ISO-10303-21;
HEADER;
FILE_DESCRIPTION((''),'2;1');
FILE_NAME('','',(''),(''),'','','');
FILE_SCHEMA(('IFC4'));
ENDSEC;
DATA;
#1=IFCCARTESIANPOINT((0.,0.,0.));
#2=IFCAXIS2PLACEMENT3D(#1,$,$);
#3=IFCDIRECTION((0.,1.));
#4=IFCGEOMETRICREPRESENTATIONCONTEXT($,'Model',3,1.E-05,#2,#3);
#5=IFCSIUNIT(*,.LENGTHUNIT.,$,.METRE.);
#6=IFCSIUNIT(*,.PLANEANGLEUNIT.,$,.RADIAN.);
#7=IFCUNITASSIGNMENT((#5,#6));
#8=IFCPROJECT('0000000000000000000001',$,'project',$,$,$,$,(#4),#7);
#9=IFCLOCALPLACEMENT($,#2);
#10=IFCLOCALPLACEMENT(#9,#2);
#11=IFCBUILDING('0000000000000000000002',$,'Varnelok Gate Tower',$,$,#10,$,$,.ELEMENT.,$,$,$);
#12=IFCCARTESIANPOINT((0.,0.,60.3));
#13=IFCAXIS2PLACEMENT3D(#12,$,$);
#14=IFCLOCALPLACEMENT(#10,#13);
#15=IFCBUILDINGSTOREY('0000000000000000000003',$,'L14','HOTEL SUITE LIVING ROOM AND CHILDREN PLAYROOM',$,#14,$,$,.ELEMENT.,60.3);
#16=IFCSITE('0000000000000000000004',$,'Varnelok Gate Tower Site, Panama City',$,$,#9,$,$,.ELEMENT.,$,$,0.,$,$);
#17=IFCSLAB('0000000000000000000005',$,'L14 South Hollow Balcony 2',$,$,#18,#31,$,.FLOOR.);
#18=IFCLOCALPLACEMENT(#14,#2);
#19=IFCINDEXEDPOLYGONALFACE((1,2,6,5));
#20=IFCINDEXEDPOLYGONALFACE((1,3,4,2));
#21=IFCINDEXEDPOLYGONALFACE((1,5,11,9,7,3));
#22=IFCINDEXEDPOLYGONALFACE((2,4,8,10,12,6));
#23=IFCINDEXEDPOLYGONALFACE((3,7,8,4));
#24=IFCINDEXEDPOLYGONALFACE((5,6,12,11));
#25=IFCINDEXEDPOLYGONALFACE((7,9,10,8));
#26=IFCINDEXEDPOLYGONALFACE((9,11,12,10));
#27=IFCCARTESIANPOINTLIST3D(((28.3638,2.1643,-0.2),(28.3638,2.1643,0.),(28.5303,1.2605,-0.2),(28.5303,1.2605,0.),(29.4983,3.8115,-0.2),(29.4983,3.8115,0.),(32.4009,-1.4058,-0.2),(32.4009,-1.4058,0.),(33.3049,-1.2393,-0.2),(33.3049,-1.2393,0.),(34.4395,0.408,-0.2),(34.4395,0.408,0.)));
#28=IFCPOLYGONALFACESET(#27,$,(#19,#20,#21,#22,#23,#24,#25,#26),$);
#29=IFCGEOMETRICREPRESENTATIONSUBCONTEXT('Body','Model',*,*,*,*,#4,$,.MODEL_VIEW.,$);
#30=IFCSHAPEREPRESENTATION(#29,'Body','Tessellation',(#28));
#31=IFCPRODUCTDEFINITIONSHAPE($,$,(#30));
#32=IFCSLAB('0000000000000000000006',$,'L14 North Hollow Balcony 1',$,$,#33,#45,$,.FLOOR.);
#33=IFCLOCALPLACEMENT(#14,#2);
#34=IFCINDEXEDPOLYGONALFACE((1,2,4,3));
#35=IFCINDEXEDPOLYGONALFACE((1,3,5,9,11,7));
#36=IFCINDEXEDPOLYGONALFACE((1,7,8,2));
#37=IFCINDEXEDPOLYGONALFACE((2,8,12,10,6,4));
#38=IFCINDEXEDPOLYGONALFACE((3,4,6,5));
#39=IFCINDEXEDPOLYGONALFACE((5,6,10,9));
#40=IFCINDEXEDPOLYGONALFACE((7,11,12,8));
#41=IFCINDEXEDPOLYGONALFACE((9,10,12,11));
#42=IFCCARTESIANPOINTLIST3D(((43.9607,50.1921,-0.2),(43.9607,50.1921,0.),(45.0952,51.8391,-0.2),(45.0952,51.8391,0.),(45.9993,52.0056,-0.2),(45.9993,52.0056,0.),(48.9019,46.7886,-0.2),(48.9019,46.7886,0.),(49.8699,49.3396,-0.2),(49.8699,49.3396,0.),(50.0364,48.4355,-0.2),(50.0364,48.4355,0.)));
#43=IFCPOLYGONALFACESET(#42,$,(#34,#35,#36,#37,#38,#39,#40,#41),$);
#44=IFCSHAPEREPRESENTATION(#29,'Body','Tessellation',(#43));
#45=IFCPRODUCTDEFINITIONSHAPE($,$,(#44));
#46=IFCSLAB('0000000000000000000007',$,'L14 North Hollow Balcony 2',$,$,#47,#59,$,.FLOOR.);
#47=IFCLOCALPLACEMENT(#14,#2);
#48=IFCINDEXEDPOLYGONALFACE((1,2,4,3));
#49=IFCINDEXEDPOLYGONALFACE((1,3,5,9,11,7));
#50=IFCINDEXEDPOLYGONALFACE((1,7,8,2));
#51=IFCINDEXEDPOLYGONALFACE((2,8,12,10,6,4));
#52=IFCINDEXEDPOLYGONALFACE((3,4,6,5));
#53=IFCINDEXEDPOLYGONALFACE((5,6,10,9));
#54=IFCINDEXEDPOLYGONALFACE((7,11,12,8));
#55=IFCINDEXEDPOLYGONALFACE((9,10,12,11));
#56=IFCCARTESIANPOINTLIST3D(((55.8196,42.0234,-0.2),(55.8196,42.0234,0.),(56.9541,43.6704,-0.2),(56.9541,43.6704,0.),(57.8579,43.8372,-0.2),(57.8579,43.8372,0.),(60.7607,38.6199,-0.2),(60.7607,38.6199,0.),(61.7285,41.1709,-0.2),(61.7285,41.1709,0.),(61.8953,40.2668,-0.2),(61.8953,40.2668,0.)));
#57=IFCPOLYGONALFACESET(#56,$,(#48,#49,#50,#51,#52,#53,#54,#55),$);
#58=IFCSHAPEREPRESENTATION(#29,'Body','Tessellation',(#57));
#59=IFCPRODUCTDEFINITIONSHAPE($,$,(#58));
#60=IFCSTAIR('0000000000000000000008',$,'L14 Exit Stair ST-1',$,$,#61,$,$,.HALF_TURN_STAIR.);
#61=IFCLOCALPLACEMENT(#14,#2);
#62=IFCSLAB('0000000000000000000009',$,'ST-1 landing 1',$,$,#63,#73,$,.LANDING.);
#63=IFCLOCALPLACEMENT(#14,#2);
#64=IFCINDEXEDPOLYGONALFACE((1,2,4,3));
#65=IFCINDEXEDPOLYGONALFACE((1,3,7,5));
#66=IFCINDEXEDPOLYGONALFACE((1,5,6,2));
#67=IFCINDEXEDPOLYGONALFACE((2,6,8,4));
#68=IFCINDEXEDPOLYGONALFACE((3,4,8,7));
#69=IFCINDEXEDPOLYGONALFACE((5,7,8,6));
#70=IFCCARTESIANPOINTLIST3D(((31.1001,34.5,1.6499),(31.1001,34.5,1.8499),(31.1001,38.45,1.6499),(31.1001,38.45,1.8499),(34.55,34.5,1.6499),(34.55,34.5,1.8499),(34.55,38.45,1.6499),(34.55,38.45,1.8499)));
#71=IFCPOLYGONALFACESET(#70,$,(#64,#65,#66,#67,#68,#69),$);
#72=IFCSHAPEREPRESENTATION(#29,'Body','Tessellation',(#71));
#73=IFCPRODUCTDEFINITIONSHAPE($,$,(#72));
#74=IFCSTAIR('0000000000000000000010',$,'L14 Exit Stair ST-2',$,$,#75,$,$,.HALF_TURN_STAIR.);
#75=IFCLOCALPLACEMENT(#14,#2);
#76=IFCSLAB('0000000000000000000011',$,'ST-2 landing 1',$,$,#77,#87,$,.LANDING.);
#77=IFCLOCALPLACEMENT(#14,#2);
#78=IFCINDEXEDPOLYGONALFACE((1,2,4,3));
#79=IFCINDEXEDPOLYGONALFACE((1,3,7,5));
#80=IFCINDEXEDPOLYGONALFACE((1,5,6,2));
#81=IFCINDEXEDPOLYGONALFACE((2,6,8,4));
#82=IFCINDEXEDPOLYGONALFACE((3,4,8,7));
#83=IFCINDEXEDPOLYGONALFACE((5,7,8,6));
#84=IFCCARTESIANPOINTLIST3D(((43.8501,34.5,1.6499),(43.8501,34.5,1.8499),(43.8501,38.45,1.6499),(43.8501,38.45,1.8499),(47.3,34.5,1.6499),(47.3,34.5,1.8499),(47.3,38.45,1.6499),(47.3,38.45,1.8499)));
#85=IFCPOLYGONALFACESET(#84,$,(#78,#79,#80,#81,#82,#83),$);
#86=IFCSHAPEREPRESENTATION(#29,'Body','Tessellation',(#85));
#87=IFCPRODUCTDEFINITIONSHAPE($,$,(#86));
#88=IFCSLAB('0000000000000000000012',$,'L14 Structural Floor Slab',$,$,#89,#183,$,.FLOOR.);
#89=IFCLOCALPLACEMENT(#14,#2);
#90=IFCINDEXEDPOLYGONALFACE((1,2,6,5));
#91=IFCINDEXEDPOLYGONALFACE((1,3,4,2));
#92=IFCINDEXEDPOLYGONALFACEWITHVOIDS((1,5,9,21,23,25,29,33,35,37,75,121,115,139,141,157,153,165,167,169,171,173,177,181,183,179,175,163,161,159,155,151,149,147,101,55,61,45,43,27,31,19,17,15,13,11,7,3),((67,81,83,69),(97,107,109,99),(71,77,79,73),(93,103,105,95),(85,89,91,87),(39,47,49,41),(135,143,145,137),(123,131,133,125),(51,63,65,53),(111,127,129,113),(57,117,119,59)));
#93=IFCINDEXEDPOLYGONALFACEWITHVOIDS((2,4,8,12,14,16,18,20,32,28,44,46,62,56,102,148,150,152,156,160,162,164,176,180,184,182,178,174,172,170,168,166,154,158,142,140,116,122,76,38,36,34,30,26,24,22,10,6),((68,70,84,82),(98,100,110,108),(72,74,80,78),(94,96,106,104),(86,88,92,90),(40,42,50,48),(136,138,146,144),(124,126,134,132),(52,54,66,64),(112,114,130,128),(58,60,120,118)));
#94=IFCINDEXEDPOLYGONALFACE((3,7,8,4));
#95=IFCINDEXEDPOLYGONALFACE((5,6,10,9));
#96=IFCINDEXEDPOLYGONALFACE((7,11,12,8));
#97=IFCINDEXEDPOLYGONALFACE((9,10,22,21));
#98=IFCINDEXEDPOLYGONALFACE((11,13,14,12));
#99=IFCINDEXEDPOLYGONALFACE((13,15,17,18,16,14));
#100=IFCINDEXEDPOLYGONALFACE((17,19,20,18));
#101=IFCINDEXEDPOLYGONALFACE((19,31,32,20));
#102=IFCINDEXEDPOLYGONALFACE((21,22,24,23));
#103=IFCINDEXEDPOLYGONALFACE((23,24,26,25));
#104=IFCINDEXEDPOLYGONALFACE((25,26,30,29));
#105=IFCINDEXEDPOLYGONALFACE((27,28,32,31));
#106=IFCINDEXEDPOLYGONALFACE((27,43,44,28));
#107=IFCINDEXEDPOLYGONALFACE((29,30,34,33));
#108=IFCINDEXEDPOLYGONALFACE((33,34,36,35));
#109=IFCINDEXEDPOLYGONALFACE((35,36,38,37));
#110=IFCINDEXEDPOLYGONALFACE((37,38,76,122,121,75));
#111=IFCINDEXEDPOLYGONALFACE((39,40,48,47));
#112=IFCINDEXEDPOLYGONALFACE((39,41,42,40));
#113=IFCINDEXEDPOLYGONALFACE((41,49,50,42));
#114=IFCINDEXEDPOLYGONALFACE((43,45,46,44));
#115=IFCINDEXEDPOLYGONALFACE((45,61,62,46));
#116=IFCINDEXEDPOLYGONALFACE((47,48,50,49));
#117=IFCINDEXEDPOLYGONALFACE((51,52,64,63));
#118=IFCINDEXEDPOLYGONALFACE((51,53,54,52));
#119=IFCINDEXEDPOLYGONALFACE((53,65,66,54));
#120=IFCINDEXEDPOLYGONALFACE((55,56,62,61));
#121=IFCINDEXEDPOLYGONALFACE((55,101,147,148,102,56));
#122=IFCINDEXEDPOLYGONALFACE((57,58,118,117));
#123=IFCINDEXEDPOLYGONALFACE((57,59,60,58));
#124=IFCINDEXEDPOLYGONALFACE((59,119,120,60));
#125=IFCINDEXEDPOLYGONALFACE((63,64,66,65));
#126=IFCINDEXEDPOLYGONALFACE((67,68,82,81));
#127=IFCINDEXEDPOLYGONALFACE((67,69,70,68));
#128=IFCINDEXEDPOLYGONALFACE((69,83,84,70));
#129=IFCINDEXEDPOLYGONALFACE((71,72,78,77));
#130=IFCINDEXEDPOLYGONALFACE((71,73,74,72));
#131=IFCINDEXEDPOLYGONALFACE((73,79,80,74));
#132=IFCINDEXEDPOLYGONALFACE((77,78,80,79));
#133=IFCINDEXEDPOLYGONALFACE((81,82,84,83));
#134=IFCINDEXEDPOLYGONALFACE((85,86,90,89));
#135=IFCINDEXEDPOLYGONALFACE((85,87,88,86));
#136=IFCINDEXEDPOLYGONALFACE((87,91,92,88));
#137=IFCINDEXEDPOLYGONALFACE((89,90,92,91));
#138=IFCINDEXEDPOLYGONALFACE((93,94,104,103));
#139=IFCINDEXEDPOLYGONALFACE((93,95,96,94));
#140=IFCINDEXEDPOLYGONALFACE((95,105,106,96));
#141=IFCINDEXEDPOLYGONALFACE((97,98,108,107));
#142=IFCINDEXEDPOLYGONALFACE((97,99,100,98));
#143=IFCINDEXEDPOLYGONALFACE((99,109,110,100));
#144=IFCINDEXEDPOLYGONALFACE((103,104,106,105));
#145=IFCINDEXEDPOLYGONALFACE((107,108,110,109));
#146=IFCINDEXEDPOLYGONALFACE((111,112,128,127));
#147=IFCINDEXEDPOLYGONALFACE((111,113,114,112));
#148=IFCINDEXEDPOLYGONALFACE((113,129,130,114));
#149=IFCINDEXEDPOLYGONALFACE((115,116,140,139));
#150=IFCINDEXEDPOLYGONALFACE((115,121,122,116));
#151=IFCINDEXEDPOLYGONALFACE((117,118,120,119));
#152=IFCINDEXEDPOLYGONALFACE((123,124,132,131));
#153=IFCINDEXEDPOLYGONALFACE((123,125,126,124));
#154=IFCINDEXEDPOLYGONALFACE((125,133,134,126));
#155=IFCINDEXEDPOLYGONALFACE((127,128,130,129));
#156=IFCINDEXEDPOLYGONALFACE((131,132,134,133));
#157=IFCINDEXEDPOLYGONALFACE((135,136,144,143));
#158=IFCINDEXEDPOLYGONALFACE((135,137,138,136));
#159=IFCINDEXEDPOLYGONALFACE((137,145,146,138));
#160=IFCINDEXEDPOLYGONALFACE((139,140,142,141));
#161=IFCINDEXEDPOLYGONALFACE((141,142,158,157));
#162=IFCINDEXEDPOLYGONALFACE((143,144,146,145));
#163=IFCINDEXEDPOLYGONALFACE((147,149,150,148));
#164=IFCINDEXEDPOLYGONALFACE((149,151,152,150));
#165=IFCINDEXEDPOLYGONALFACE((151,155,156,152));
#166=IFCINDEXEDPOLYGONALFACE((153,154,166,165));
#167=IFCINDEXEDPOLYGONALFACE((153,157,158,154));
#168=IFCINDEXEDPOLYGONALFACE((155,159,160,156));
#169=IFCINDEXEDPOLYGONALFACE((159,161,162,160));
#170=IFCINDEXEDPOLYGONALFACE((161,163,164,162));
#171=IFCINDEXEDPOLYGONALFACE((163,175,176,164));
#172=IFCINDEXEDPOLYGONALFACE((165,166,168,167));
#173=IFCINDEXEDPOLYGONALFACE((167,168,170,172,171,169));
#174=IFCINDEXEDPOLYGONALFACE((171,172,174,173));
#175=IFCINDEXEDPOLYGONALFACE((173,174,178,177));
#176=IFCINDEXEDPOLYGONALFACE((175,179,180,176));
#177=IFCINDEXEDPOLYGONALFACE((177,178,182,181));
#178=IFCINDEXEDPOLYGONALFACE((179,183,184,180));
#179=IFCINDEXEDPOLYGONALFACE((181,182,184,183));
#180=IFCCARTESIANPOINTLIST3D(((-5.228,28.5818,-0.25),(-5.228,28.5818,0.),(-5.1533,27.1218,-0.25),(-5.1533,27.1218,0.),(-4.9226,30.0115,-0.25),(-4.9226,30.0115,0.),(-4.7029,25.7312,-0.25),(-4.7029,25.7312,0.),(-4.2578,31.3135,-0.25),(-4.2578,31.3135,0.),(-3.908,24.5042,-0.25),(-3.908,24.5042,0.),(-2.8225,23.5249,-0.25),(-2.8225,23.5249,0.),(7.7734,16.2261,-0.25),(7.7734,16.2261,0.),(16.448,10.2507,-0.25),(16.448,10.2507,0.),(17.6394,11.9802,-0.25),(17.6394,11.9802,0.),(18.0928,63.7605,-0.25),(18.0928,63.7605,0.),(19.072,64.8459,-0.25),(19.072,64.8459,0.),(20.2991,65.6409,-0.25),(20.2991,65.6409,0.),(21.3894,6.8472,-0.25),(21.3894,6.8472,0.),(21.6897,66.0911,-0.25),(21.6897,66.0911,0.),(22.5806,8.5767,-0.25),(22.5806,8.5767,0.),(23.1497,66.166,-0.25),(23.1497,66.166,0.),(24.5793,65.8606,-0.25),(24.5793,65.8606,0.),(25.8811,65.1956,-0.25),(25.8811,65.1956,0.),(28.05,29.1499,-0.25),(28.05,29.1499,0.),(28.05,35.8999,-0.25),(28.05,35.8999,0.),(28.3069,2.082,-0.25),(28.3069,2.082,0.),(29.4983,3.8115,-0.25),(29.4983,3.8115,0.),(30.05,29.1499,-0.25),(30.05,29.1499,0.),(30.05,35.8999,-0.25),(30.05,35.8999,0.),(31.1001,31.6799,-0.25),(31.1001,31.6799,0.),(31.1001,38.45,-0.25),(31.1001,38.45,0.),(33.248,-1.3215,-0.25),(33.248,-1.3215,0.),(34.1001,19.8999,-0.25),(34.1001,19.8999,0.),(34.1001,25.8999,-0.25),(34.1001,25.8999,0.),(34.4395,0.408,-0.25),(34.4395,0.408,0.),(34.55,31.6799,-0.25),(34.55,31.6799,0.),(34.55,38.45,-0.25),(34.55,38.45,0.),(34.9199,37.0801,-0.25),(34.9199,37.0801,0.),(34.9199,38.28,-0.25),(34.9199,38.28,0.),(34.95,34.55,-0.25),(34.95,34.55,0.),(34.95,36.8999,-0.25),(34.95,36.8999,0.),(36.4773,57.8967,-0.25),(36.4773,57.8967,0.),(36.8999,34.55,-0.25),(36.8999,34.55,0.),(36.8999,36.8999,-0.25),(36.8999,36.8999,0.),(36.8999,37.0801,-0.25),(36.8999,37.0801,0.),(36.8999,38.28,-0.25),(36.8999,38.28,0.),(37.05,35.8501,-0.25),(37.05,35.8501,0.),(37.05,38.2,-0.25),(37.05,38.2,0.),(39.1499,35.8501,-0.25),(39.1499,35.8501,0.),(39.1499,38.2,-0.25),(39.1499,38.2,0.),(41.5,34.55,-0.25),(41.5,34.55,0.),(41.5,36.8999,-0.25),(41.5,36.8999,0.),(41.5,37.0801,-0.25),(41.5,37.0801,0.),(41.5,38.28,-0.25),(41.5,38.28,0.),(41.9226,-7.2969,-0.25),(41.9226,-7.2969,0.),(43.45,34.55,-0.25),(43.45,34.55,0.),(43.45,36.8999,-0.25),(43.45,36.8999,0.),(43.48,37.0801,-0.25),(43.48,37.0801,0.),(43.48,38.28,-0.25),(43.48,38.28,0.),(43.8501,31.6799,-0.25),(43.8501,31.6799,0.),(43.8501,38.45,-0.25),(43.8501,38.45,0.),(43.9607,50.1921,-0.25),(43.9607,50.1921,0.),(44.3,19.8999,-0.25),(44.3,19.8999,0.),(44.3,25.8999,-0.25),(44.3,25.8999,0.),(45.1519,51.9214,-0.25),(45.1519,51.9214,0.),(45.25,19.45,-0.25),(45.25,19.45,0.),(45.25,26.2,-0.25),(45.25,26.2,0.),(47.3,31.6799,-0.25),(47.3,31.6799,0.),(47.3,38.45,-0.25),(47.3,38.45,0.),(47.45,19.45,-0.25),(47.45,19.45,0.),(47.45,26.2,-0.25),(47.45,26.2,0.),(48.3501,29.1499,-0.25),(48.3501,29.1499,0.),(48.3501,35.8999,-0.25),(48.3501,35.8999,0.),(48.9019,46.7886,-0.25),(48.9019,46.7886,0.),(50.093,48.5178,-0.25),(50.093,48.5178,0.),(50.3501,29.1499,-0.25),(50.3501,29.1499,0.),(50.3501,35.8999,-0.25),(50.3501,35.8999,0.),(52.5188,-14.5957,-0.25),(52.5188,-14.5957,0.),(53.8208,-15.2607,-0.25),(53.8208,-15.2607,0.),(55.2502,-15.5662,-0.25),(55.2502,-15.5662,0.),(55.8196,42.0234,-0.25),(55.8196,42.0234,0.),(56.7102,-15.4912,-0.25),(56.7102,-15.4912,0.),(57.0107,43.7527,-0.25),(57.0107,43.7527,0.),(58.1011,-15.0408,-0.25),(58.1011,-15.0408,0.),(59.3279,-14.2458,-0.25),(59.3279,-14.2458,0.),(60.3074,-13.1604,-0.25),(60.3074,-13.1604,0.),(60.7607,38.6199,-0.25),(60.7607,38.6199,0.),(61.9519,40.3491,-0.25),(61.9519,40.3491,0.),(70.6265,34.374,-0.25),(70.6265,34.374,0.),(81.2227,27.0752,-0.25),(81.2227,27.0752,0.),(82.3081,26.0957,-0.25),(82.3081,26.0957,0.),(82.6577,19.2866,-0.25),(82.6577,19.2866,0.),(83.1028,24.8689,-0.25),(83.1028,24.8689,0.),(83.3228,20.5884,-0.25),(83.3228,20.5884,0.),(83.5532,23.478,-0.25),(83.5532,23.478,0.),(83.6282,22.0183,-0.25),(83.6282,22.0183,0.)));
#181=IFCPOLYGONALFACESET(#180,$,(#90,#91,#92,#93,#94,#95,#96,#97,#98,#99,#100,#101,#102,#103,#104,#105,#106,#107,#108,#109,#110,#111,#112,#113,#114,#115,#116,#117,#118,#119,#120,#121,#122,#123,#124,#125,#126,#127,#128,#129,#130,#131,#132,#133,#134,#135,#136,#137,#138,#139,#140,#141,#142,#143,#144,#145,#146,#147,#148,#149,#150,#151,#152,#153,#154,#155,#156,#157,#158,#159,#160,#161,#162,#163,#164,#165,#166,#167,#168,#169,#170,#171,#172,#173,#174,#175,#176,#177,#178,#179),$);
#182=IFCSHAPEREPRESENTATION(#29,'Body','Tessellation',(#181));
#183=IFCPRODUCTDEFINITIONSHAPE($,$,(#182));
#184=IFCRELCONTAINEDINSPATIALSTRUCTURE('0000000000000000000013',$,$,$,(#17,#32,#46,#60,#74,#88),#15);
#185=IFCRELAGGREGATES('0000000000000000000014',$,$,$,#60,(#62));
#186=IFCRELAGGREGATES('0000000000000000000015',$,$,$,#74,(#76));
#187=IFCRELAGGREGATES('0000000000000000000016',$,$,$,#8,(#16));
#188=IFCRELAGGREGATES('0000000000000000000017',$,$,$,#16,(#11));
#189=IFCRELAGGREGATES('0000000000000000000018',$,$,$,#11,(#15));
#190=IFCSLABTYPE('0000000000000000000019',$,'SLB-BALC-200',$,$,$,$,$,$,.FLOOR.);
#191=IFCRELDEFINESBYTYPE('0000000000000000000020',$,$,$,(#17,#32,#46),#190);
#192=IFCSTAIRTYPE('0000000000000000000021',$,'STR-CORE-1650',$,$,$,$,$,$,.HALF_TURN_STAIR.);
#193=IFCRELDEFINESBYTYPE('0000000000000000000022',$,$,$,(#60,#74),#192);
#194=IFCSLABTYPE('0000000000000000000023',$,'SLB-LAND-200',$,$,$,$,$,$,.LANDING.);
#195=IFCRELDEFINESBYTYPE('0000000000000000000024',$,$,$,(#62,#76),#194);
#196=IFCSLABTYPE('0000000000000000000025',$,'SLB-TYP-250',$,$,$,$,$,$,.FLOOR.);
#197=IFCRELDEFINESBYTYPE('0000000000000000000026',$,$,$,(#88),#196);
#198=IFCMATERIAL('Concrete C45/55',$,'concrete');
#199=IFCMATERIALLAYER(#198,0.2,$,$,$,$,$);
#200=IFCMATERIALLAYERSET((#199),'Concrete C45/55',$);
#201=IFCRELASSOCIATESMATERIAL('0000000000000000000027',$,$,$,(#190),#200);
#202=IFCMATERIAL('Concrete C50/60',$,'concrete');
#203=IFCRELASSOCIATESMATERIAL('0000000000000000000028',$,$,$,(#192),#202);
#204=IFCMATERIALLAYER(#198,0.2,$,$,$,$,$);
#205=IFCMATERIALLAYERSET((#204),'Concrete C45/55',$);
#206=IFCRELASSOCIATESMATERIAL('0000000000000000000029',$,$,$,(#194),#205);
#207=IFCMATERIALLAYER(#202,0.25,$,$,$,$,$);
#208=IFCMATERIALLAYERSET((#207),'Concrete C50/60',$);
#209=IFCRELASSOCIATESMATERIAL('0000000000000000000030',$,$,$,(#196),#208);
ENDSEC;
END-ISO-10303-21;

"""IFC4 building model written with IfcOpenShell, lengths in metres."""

from ifc_helpers import new_model, si_unit, direction, frame, origin, place, context, subcontext, project, spatial, polyline, outline, extrude, material, layer, layer_set, type_object, element, aggregate, save


model = new_model("IFC4")

# Units and contexts
model_context = context("Model", 3, precision=1e-05, world=origin(), true_north=direction((0.0, 1.0)))
body_context = subcontext(model_context, "Body", "Model", "MODEL_VIEW")
ifc_project = project(units=[si_unit("LENGTHUNIT", "METRE"), si_unit("PLANEANGLEUNIT", "RADIAN")], contexts=[model_context])

# Site, building, storey
site_placement = place(None, origin())
site = spatial("IfcSite", under=ifc_project, at=site_placement, Name="Varnelok Gate Tower Site, Panama City", CompositionType="ELEMENT", RefElevation=0.0)
building_placement = place(site_placement, origin())
building = spatial("IfcBuilding", under=site, at=building_placement, Name="Varnelok Gate Tower", CompositionType="ELEMENT")
storey_placement = place(building_placement, frame((0.0, 0.0, 60.3)))
storey = spatial("IfcBuildingStorey", under=building, at=storey_placement, Name="L14", Description="HOTEL SUITE LIVING ROOM AND CHILDREN PLAYROOM", CompositionType="ELEMENT", Elevation=60.3)

# Slabs
ifc_material_1 = material(Name="Concrete C45/55", Category="concrete")
ifc_layer_1 = layer(ifc_material_1, 0.2)
ifc_layer_set_1 = layer_set([ifc_layer_1], Name="Concrete C45/55")
slab_type_1 = type_object("IfcSlabType", Name="SLB-BALC-200", PredefinedType="FLOOR", material=ifc_layer_set_1)
slab_1_placement = place(storey_placement, frame((0.0, 0.0, -0.2)))
element("IfcSlab", 1, at=slab_1_placement, inside=storey, type_object=slab_type_1, Name="L14 South Hollow Balcony 2", PredefinedType="FLOOR", context=body_context, shape_type="SweptSolid", body=[
    extrude(outline(polyline([(28.3638, 2.1643), (28.5303, 1.2605), (32.4009, -1.4058), (33.3049, -1.2393), (34.4395, 0.408), (29.4983, 3.8115), (28.3638, 2.1643)])), origin(), (0.0, 0.0, 1.0), 0.2),
])
slab_2_placement = place(storey_placement, frame((0.0, 0.0, -0.2)))
element("IfcSlab", 2, at=slab_2_placement, inside=storey, type_object=slab_type_1, Name="L14 North Hollow Balcony 1", PredefinedType="FLOOR", context=body_context, shape_type="SweptSolid", body=[
    extrude(outline(polyline([(43.9607, 50.1921), (48.9019, 46.7886), (50.0364, 48.4355), (49.8699, 49.3396), (45.9993, 52.0056), (45.0952, 51.8391), (43.9607, 50.1921)])), origin(), (0.0, 0.0, 1.0), 0.2),
])
slab_3_placement = place(storey_placement, frame((0.0, 0.0, -0.2)))
element("IfcSlab", 3, at=slab_3_placement, inside=storey, type_object=slab_type_1, Name="L14 North Hollow Balcony 2", PredefinedType="FLOOR", context=body_context, shape_type="SweptSolid", body=[
    extrude(outline(polyline([(55.8196, 42.0234), (60.7607, 38.6199), (61.8953, 40.2668), (61.7285, 41.1709), (57.8579, 43.8372), (56.9541, 43.6704), (55.8196, 42.0234)])), origin(), (0.0, 0.0, 1.0), 0.2),
])

# Stairs, slabs
ifc_material_2 = material(Name="Concrete C50/60", Category="concrete")
stair_type = type_object("IfcStairType", Name="STR-CORE-1650", PredefinedType="HALF_TURN_STAIR", material=ifc_material_2)
stair_1_placement = place(storey_placement, origin())
stair_1 = element("IfcStair", 4, at=stair_1_placement, inside=storey, type_object=stair_type, Name="L14 Exit Stair ST-1", PredefinedType="HALF_TURN_STAIR")
ifc_layer_2 = layer(ifc_material_1, 0.2)
ifc_layer_set_2 = layer_set([ifc_layer_2], Name="Concrete C45/55")
slab_type_2 = type_object("IfcSlabType", Name="SLB-LAND-200", PredefinedType="LANDING", material=ifc_layer_set_2)
slab_4_placement = place(storey_placement, frame((0.0, 0.0, 1.6499)))
slab_4 = element("IfcSlab", 5, at=slab_4_placement, type_object=slab_type_2, Name="ST-1 landing 1", PredefinedType="LANDING", context=body_context, shape_type="SweptSolid", body=[
    extrude(outline(polyline([(34.55, 34.5), (34.55, 38.45), (31.1001, 38.45), (31.1001, 34.5), (34.55, 34.5)])), origin(), (0.0, 0.0, 1.0), 0.2),
])
aggregate(stair_1, [slab_4])
stair_2_placement = place(storey_placement, origin())
stair_2 = element("IfcStair", 6, at=stair_2_placement, inside=storey, type_object=stair_type, Name="L14 Exit Stair ST-2", PredefinedType="HALF_TURN_STAIR")
slab_5_placement = place(storey_placement, frame((0.0, 0.0, 1.6499)))
slab_5 = element("IfcSlab", 7, at=slab_5_placement, type_object=slab_type_2, Name="ST-2 landing 1", PredefinedType="LANDING", context=body_context, shape_type="SweptSolid", body=[
    extrude(outline(polyline([(47.3, 34.5), (47.3, 38.45), (43.8501, 38.45), (43.8501, 34.5), (47.3, 34.5)])), origin(), (0.0, 0.0, 1.0), 0.2),
])
aggregate(stair_2, [slab_5])

# Slab
ifc_layer_3 = layer(ifc_material_2, 0.25)
ifc_layer_set_3 = layer_set([ifc_layer_3], Name="Concrete C50/60")
slab_type_3 = type_object("IfcSlabType", Name="SLB-TYP-250", PredefinedType="FLOOR", material=ifc_layer_set_3)
slab_6_placement = place(storey_placement, frame((0.0, 0.0, -0.25)))
element("IfcSlab", 8, at=slab_6_placement, inside=storey, type_object=slab_type_3, Name="L14 Structural Floor Slab", PredefinedType="FLOOR", context=body_context, shape_type="SweptSolid", body=[
    extrude(outline(polyline([(-4.2578, 31.3135), (-4.9226, 30.0115), (-5.228, 28.5818), (-5.1533, 27.1218), (-4.7029, 25.7312), (-3.908, 24.5042), (-2.8225, 23.5249), (7.7734, 16.2261), (16.448, 10.2507), (17.6394, 11.9802), (22.5806, 8.5767), (21.3894, 6.8472), (28.3069, 2.082), (29.4983, 3.8115), (34.4395, 0.408), (33.248, -1.3215), (41.9226, -7.2969), (52.5188, -14.5957), (53.8208, -15.2607), (55.2502, -15.5662), (56.7102, -15.4912), (58.1011, -15.0408), (59.3279, -14.2458), (60.3074, -13.1604), (82.6577, 19.2866), (83.3228, 20.5884), (83.6282, 22.0183), (83.5532, 23.478), (83.1028, 24.8689), (82.3081, 26.0957), (81.2227, 27.0752), (70.6265, 34.374), (61.9519, 40.3491), (60.7607, 38.6199), (55.8196, 42.0234), (57.0107, 43.7527), (50.093, 48.5178), (48.9019, 46.7886), (43.9607, 50.1921), (45.1519, 51.9214), (36.4773, 57.8967), (25.8811, 65.1956), (24.5793, 65.8606), (23.1497, 66.166), (21.6897, 66.0911), (20.2991, 65.6409), (19.072, 64.8459), (18.0928, 63.7605), (-4.2578, 31.3135)]), holes=[polyline([(34.55, 31.6799), (34.55, 38.45), (31.1001, 38.45), (31.1001, 31.6799), (34.55, 31.6799)]), polyline([(47.3, 31.6799), (47.3, 38.45), (43.8501, 38.45), (43.8501, 31.6799), (47.3, 31.6799)]), polyline([(34.95, 34.55), (36.8999, 34.55), (36.8999, 36.8999), (34.95, 36.8999), (34.95, 34.55)]), polyline([(41.5, 34.55), (43.45, 34.55), (43.45, 36.8999), (41.5, 36.8999), (41.5, 34.55)]), polyline([(37.05, 35.8501), (39.1499, 35.8501), (39.1499, 38.2), (37.05, 38.2), (37.05, 35.8501)]), polyline([(28.05, 29.1499), (30.05, 29.1499), (30.05, 35.8999), (28.05, 35.8999), (28.05, 29.1499)]), polyline([(48.3501, 29.1499), (50.3501, 29.1499), (50.3501, 35.8999), (48.3501, 35.8999), (48.3501, 29.1499)]), polyline([(45.25, 19.45), (47.45, 19.45), (47.45, 26.2), (45.25, 26.2), (45.25, 19.45)]), polyline([(34.9199, 37.0801), (36.8999, 37.0801), (36.8999, 38.28), (34.9199, 38.28), (34.9199, 37.0801)]), polyline([(41.5, 37.0801), (43.48, 37.0801), (43.48, 38.28), (41.5, 38.28), (41.5, 37.0801)]), polyline([(34.1001, 19.8999), (44.3, 19.8999), (44.3, 25.8999), (34.1001, 25.8999), (34.1001, 19.8999)])]), origin(), (0.0, 0.0, 1.0), 0.25),
])

save(model, "model.ifc")
